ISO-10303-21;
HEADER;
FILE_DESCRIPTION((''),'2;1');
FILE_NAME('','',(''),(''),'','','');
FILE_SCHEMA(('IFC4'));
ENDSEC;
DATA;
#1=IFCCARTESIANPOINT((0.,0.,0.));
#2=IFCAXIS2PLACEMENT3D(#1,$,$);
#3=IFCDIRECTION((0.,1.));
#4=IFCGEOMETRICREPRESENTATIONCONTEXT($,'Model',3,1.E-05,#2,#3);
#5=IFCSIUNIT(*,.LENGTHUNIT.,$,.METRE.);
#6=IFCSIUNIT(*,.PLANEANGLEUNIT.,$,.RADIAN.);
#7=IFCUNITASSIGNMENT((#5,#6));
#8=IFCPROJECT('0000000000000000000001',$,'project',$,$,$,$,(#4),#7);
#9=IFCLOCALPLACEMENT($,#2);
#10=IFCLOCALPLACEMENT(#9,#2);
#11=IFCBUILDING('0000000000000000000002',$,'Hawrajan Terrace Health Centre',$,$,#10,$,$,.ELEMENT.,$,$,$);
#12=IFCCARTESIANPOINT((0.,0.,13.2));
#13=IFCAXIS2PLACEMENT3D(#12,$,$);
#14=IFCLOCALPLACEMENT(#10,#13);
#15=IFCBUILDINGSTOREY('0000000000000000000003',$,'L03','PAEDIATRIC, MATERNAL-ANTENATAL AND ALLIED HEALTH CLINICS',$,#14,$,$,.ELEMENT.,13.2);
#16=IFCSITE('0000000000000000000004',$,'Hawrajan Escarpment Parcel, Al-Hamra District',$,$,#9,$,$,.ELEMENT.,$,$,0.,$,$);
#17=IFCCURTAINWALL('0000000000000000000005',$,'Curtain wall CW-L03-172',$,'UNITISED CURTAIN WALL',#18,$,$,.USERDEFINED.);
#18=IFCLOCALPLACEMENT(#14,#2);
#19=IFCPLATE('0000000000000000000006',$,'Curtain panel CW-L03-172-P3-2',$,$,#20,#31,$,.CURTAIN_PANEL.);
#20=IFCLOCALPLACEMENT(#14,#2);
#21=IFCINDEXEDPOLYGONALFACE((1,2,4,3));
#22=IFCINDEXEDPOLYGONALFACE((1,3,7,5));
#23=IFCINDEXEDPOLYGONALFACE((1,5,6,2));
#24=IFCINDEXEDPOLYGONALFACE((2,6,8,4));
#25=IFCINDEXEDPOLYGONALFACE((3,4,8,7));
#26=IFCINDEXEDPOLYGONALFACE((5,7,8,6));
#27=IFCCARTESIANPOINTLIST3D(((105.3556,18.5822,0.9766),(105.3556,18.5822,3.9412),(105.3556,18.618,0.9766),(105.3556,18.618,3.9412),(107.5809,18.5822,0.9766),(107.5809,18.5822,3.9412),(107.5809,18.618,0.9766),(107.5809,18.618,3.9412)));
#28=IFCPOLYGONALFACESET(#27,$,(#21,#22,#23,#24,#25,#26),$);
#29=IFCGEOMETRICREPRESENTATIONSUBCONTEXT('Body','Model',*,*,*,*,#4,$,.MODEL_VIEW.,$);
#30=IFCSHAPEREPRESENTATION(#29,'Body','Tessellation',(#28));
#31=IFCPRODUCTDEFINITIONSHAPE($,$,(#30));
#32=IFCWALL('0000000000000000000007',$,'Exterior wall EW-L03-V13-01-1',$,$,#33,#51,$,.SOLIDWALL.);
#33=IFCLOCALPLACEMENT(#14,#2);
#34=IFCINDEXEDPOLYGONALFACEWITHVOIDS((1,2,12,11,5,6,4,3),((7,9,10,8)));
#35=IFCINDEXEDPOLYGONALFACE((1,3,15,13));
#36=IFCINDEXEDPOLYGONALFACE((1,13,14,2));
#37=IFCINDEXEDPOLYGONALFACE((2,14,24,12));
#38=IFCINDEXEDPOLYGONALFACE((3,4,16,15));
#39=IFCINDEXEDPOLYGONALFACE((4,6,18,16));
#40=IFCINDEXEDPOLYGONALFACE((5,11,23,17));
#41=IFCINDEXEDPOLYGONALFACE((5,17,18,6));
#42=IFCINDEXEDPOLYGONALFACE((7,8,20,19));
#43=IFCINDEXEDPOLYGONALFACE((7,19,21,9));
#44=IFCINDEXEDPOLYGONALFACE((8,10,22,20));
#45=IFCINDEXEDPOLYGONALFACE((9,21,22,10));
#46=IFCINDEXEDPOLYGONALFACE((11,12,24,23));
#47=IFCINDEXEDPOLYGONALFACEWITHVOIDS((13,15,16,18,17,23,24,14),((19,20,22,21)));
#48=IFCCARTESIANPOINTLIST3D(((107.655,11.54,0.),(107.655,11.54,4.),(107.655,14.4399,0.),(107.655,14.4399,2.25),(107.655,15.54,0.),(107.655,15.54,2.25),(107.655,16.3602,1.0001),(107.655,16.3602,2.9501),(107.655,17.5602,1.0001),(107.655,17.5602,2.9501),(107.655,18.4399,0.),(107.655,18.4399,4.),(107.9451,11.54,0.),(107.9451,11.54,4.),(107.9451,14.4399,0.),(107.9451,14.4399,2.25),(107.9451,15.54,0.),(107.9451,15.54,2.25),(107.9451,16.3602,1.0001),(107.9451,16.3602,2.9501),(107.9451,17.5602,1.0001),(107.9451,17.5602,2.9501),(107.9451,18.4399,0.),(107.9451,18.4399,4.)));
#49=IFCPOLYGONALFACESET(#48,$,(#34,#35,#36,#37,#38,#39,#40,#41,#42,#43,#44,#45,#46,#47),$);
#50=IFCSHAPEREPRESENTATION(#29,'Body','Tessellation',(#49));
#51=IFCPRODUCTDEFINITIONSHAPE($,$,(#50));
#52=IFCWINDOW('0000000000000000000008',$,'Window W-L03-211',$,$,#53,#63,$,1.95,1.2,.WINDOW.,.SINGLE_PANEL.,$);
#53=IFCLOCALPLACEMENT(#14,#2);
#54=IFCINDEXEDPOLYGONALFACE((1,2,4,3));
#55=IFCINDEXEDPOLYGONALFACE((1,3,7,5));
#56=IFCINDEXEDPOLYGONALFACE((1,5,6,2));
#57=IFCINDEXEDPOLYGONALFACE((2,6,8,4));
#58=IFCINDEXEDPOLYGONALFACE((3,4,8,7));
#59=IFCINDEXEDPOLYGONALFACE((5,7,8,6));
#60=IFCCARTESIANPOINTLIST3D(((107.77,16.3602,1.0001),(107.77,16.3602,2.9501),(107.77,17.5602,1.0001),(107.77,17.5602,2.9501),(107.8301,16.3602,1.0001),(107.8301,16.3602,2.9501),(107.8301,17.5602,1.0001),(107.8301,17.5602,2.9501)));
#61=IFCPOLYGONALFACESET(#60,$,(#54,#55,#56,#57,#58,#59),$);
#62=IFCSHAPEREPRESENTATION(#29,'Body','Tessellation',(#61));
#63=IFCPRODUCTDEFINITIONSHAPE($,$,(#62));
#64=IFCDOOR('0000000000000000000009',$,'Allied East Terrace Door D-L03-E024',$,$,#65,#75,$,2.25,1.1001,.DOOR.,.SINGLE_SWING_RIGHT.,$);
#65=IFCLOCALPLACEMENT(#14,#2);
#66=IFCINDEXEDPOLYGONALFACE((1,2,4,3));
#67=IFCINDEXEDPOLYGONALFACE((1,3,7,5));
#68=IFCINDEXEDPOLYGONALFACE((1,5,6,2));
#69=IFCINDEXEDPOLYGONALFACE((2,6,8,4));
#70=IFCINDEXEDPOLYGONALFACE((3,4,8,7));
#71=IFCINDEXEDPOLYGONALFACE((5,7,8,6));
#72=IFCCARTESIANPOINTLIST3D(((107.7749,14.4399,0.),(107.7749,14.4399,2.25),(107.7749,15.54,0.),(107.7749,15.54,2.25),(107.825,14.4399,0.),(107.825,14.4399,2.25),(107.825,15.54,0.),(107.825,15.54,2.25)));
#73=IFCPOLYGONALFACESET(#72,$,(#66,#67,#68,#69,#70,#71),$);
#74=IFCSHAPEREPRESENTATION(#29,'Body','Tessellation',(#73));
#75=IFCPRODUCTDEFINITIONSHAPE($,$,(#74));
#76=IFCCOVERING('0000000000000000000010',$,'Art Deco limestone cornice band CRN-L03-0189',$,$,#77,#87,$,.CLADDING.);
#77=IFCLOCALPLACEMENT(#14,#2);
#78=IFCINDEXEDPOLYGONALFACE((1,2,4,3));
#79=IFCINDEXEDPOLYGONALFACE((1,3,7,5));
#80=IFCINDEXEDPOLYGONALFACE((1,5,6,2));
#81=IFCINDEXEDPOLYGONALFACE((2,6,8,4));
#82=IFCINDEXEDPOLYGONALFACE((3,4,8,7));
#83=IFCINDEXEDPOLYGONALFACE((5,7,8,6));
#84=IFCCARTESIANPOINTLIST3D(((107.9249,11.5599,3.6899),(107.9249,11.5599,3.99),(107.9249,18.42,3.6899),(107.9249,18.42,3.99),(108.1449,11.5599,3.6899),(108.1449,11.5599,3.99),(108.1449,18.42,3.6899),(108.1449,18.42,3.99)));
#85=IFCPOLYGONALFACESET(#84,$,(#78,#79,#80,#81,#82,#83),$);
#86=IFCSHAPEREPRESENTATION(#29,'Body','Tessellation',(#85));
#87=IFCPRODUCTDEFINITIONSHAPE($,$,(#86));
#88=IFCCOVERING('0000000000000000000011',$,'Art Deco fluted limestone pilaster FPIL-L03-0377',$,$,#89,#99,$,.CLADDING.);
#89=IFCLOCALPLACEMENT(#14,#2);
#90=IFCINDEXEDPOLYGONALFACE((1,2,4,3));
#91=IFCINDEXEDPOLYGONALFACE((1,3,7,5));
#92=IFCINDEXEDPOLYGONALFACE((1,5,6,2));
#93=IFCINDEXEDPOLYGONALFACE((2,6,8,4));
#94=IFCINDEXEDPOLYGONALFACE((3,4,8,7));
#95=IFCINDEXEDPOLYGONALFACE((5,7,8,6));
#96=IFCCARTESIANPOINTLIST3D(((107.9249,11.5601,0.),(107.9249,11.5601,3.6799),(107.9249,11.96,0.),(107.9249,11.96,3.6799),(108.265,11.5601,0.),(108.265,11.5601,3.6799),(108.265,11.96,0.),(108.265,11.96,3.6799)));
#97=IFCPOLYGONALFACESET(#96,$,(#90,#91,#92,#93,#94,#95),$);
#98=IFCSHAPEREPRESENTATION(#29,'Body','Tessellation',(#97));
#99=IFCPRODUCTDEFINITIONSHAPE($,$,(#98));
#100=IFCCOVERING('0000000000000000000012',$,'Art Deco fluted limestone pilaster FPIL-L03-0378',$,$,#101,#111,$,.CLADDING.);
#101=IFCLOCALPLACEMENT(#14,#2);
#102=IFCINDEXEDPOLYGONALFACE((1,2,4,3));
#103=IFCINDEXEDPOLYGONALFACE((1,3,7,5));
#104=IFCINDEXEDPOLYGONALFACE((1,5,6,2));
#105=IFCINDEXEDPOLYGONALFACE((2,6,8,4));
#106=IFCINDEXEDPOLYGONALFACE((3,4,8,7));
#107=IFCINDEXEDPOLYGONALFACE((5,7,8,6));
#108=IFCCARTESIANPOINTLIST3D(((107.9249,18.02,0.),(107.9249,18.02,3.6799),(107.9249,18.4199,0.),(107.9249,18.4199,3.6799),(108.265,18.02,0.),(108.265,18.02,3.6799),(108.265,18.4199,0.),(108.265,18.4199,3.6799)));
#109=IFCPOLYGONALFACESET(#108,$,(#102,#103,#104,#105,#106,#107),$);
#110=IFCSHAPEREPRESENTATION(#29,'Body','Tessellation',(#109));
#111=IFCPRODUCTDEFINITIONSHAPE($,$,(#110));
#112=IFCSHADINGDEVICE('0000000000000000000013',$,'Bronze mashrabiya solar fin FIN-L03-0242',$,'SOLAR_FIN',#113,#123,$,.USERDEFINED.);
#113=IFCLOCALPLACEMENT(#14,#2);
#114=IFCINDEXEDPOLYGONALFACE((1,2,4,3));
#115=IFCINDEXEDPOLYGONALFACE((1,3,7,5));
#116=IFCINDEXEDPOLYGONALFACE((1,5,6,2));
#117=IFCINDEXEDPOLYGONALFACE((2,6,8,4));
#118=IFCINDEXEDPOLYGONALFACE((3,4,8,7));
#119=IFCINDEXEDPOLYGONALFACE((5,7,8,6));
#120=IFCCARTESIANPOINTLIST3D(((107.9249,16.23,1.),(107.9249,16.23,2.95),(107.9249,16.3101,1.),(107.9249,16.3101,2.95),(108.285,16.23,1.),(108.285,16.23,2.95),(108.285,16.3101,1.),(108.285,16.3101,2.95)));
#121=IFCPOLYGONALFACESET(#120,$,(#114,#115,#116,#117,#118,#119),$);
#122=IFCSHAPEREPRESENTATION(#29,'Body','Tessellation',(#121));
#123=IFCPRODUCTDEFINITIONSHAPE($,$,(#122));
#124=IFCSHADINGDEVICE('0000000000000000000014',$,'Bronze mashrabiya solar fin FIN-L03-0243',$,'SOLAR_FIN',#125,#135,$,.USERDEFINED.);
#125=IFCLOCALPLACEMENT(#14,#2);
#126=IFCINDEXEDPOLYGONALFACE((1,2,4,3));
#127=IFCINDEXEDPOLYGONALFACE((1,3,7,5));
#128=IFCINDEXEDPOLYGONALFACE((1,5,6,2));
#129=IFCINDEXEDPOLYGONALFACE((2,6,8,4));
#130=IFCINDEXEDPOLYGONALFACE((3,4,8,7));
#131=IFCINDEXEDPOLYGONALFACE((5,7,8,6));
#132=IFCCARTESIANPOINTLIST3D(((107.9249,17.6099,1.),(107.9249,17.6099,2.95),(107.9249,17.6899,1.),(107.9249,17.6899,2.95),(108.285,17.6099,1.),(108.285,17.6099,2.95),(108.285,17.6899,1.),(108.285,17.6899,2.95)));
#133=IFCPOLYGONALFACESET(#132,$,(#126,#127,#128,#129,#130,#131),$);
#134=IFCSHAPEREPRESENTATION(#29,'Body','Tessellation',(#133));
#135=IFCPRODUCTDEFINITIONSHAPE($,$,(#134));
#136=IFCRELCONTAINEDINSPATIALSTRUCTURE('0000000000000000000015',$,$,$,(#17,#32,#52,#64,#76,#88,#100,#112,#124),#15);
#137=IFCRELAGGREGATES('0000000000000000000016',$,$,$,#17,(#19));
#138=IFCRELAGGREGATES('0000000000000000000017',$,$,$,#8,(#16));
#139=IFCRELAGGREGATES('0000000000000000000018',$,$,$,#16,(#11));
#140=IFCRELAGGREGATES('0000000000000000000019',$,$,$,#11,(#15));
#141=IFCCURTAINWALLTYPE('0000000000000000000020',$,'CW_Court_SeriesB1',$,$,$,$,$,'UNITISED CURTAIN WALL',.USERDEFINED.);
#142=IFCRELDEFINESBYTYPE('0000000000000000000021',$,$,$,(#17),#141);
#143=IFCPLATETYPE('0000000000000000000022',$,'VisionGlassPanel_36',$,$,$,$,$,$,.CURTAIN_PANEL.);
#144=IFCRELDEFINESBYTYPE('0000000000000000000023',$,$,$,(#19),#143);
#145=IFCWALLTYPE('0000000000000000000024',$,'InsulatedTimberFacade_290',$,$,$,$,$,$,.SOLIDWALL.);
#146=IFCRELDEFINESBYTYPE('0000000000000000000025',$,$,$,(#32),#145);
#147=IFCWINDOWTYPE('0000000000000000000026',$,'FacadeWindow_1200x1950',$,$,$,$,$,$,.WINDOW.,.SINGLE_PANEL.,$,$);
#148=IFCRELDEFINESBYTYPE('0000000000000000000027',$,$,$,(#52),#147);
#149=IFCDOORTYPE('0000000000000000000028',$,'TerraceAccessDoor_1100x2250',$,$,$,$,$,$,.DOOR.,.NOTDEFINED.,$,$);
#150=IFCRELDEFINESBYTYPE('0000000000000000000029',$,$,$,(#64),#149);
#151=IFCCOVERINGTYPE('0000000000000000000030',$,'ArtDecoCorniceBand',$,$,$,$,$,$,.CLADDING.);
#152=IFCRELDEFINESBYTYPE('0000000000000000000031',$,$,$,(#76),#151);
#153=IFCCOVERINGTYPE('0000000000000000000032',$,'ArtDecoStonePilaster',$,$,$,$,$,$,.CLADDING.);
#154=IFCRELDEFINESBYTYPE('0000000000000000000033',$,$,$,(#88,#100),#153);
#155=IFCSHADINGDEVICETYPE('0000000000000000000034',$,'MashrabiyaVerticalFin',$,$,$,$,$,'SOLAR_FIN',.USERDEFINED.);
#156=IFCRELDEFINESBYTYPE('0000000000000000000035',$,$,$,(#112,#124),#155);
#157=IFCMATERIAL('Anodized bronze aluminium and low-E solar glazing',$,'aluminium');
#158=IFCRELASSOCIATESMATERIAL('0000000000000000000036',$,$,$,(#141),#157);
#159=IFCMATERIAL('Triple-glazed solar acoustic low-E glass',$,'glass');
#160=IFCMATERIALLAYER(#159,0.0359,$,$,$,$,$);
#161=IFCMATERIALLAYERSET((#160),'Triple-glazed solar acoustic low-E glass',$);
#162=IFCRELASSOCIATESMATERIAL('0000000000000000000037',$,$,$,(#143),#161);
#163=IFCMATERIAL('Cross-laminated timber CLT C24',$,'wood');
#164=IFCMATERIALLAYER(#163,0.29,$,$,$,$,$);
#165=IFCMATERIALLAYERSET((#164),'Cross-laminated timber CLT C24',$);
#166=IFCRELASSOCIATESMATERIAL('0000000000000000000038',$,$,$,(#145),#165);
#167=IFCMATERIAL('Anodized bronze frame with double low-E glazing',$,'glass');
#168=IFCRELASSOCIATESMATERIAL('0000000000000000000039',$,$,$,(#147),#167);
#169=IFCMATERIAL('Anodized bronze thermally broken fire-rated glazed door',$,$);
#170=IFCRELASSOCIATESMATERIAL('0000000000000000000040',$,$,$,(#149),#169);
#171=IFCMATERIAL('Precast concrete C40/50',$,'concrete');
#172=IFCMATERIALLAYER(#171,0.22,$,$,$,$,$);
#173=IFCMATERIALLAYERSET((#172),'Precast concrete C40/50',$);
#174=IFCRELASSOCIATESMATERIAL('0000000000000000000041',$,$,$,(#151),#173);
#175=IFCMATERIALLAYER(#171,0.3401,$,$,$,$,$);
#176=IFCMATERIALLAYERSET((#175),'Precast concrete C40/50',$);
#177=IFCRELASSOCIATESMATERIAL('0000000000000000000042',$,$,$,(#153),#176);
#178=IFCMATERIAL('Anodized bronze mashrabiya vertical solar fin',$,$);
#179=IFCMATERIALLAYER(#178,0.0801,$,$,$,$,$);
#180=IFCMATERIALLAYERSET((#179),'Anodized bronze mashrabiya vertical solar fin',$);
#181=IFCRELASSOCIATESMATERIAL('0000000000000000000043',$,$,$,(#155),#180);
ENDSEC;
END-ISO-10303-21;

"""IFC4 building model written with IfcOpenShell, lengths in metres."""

from ifc_helpers import new_model, si_unit, direction, frame, frame_2d, origin, origin_2d, place, context, subcontext, project, spatial, rectangle, extrude, material, layer, layer_set, type_object, element, fill, aggregate, save


model = new_model("IFC4")

# Units and contexts
model_context = context("Model", 3, precision=1e-05, world=origin(), true_north=direction((0.0, 1.0)))
body_context = subcontext(model_context, "Body", "Model", "MODEL_VIEW")
ifc_project = project(units=[si_unit("LENGTHUNIT", "METRE"), si_unit("PLANEANGLEUNIT", "RADIAN")], contexts=[model_context])

# Site, building, storey
site_placement = place(None, origin())
site = spatial("IfcSite", under=ifc_project, at=site_placement, Name="Hawrajan Escarpment Parcel, Al-Hamra District", CompositionType="ELEMENT", RefElevation=0.0)
building_placement = place(site_placement, origin())
building = spatial("IfcBuilding", under=site, at=building_placement, Name="Hawrajan Terrace Health Centre", CompositionType="ELEMENT")
storey_placement = place(building_placement, frame((0.0, 0.0, 13.2)))
storey = spatial("IfcBuildingStorey", under=building, at=storey_placement, Name="L03", Description="PAEDIATRIC, MATERNAL-ANTENATAL AND ALLIED HEALTH CLINICS", CompositionType="ELEMENT", Elevation=13.2)

# Curtain wall
ifc_material_1 = material(Name="Anodized bronze aluminium and low-E solar glazing", Category="aluminium")
curtain_wall_type = type_object("IfcCurtainWallType", Name="CW_Court_SeriesB1", ElementType="UNITISED CURTAIN WALL", PredefinedType="USERDEFINED", material=ifc_material_1)
curtain_wall_placement = place(storey_placement, origin())
curtain_wall = element("IfcCurtainWall", 1, at=curtain_wall_placement, inside=storey, type_object=curtain_wall_type, Name="Curtain wall CW-L03-172", ObjectType="UNITISED CURTAIN WALL", PredefinedType="USERDEFINED")

# Plate
ifc_material_2 = material(Name="Triple-glazed solar acoustic low-E glass", Category="glass")
ifc_layer_1 = layer(ifc_material_2, 0.0359)
ifc_layer_set_1 = layer_set([ifc_layer_1], Name="Triple-glazed solar acoustic low-E glass")
plate_type_1 = type_object("IfcPlateType", Name="VisionGlassPanel_36", PredefinedType="CURTAIN_PANEL", material=ifc_layer_set_1)
plate_1_placement = place(storey_placement, frame((106.4683, 18.6001, 0.9766), z_axis=(0.0, 0.0, 1.0), x_axis=(1.0, 0.0, 0.0)))
plate_1 = element("IfcPlate", 2, at=plate_1_placement, type_object=plate_type_1, Name="Curtain panel CW-L03-172-P3-2", PredefinedType="CURTAIN_PANEL", context=body_context, shape_type="SweptSolid", body=[
    extrude(rectangle(XDim=2.2253, YDim=0.0359, at=origin_2d()), origin(), (0.0, 0.0, 1.0), 2.9646),
])
aggregate(curtain_wall, [plate_1])

# Wall, openings, window, door
ifc_material_3 = material(Name="Cross-laminated timber CLT C24", Category="wood")
ifc_layer_2 = layer(ifc_material_3, 0.29)
ifc_layer_set_2 = layer_set([ifc_layer_2], Name="Cross-laminated timber CLT C24")
wall_type = type_object("IfcWallType", Name="InsulatedTimberFacade_290", PredefinedType="SOLIDWALL", material=ifc_layer_set_2)
wall_placement = place(storey_placement, frame((107.8, 11.54, 0.0), z_axis=(0.0, 0.0, 1.0), x_axis=(0.0, 1.0, 0.0)))
wall = element("IfcWall", 3, at=wall_placement, inside=storey, type_object=wall_type, Name="Exterior wall EW-L03-V13-01-1", PredefinedType="SOLIDWALL", context=body_context, shape_type="SweptSolid", body=[
    extrude(rectangle(XDim=6.8999, YDim=0.29, at=frame_2d((3.45, 0.0))), origin(), (0.0, 0.0, 1.0), 4.0),
])
opening_1_placement = place(wall_placement, frame((2.8999, 0.0, 0.0)))
opening_1 = element("IfcOpeningElement", 4, at=opening_1_placement, cuts=wall, PredefinedType="OPENING", context=body_context, shape_type="SweptSolid", body=[
    extrude(rectangle(XDim=1.1001, YDim=2.25, at=frame_2d((0.55, 1.125))), frame((0.0, 0.155, 0.0), z_axis=(0.0, -1.0, 0.0), x_axis=(1.0, 0.0, 0.0)), (0.0, 0.0, 1.0), 0.3101),
])
opening_2_placement = place(wall_placement, frame((4.8201, 0.0, 1.0)))
opening_2 = element("IfcOpeningElement", 5, at=opening_2_placement, cuts=wall, PredefinedType="OPENING", context=body_context, shape_type="SweptSolid", body=[
    extrude(rectangle(XDim=1.2, YDim=1.95, at=frame_2d((0.6001, 0.9751))), frame((0.0, 0.155, 0.0), z_axis=(0.0, -1.0, 0.0), x_axis=(1.0, 0.0, 0.0)), (0.0, 0.0, 1.0), 0.3101),
])
ifc_material_4 = material(Name="Anodized bronze frame with double low-E glazing", Category="glass")
window_type = type_object("IfcWindowType", Name="FacadeWindow_1200x1950", PartitioningType="SINGLE_PANEL", PredefinedType="WINDOW", material=ifc_material_4)
window_placement = place(opening_2_placement, origin())
window = element("IfcWindow", 6, at=window_placement, inside=storey, type_object=window_type, Name="Window W-L03-211", OverallHeight=1.95, OverallWidth=1.2, PartitioningType="SINGLE_PANEL", PredefinedType="WINDOW", context=body_context, shape_type="SweptSolid", body=[
    extrude(rectangle(XDim=1.2, YDim=1.95, at=frame_2d((0.6001, 0.9751))), frame((0.0, 0.03, 0.0), z_axis=(0.0, -1.0, 0.0), x_axis=(1.0, 0.0, 0.0)), (0.0, 0.0, 1.0), 0.0601),
])
fill(opening_2, window)
ifc_material_5 = material(Name="Anodized bronze thermally broken fire-rated glazed door")
door_type = type_object("IfcDoorType", Name="TerraceAccessDoor_1100x2250", OperationType="NOTDEFINED", PredefinedType="DOOR", material=ifc_material_5)
door_placement = place(opening_1_placement, frame((1.1001, 0.0, 0.0), z_axis=(0.0, 0.0, 1.0), x_axis=(-1.0, 0.0, 0.0)))
door = element("IfcDoor", 7, at=door_placement, inside=storey, type_object=door_type, Name="Allied East Terrace Door D-L03-E024", OperationType="SINGLE_SWING_RIGHT", OverallHeight=2.25, OverallWidth=1.1001, PredefinedType="DOOR", context=body_context, shape_type="SweptSolid", body=[
    extrude(rectangle(XDim=1.1001, YDim=2.25, at=frame_2d((0.55, 1.125))), frame((0.0, 0.0249, 0.0), z_axis=(0.0, -1.0, 0.0), x_axis=(1.0, 0.0, 0.0)), (0.0, 0.0, 1.0), 0.05),
])
fill(opening_1, door)

# Coverings
ifc_material_6 = material(Name="Precast concrete C40/50", Category="concrete")
ifc_layer_3 = layer(ifc_material_6, 0.22)
ifc_layer_set_3 = layer_set([ifc_layer_3], Name="Precast concrete C40/50")
covering_type_1 = type_object("IfcCoveringType", Name="ArtDecoCorniceBand", PredefinedType="CLADDING", material=ifc_layer_set_3)
covering_placement = place(storey_placement, frame((108.0349, 14.99, 3.6899), z_axis=(0.0, 0.0, 1.0), x_axis=(0.0, 1.0, 0.0)))
element("IfcCovering", 8, at=covering_placement, inside=storey, type_object=covering_type_1, Name="Art Deco limestone cornice band CRN-L03-0189", PredefinedType="CLADDING", context=body_context, shape_type="SweptSolid", body=[
    extrude(rectangle(XDim=6.8601, YDim=0.22, at=origin_2d()), origin(), (0.0, 0.0, 1.0), 0.3),
])
ifc_layer_4 = layer(ifc_material_6, 0.3401)
ifc_layer_set_4 = layer_set([ifc_layer_4], Name="Precast concrete C40/50")
covering_type_2 = type_object("IfcCoveringType", Name="ArtDecoStonePilaster", PredefinedType="CLADDING", material=ifc_layer_set_4)
for number, where, z_axis, x_axis, name in (
    (9, (108.095, 11.76, 0.0), (0.0, 0.0, 1.0), (0.0, 1.0, 0.0), "Art Deco fluted limestone pilaster FPIL-L03-0377"),
    (10, (108.095, 18.22, 0.0), (0.0, 0.0, 1.0), (0.0, 1.0, 0.0), "Art Deco fluted limestone pilaster FPIL-L03-0378"),
):
    element("IfcCovering", number, at=place(storey_placement, frame(where, z_axis=z_axis, x_axis=x_axis)), inside=storey, type_object=covering_type_2, Name=name, PredefinedType="CLADDING", context=body_context, shape_type="SweptSolid", body=[
        extrude(rectangle(XDim=0.3999, YDim=0.3401, at=origin_2d()), origin(), (0.0, 0.0, 1.0), 3.6799),
    ])

# Shading devices
ifc_material_7 = material(Name="Anodized bronze mashrabiya vertical solar fin")
ifc_layer_5 = layer(ifc_material_7, 0.0801)
ifc_layer_set_5 = layer_set([ifc_layer_5], Name="Anodized bronze mashrabiya vertical solar fin")
shading_device_type = type_object("IfcShadingDeviceType", Name="MashrabiyaVerticalFin", ElementType="SOLAR_FIN", PredefinedType="USERDEFINED", material=ifc_layer_set_5)
for number, where, z_axis, x_axis, name in (
    (11, (108.105, 16.27, 1.0), (0.0, 0.0, 1.0), (0.0, 1.0, 0.0), "Bronze mashrabiya solar fin FIN-L03-0242"),
    (12, (108.105, 17.6499, 1.0), (0.0, 0.0, 1.0), (0.0, 1.0, 0.0), "Bronze mashrabiya solar fin FIN-L03-0243"),
):
    element("IfcShadingDevice", number, at=place(storey_placement, frame(where, z_axis=z_axis, x_axis=x_axis)), inside=storey, type_object=shading_device_type, Name=name, ObjectType="SOLAR_FIN", PredefinedType="USERDEFINED", context=body_context, shape_type="SweptSolid", body=[
        extrude(rectangle(XDim=0.0801, YDim=0.3601, at=origin_2d()), origin(), (0.0, 0.0, 1.0), 1.95),
    ])

save(model, "model.ifc")
